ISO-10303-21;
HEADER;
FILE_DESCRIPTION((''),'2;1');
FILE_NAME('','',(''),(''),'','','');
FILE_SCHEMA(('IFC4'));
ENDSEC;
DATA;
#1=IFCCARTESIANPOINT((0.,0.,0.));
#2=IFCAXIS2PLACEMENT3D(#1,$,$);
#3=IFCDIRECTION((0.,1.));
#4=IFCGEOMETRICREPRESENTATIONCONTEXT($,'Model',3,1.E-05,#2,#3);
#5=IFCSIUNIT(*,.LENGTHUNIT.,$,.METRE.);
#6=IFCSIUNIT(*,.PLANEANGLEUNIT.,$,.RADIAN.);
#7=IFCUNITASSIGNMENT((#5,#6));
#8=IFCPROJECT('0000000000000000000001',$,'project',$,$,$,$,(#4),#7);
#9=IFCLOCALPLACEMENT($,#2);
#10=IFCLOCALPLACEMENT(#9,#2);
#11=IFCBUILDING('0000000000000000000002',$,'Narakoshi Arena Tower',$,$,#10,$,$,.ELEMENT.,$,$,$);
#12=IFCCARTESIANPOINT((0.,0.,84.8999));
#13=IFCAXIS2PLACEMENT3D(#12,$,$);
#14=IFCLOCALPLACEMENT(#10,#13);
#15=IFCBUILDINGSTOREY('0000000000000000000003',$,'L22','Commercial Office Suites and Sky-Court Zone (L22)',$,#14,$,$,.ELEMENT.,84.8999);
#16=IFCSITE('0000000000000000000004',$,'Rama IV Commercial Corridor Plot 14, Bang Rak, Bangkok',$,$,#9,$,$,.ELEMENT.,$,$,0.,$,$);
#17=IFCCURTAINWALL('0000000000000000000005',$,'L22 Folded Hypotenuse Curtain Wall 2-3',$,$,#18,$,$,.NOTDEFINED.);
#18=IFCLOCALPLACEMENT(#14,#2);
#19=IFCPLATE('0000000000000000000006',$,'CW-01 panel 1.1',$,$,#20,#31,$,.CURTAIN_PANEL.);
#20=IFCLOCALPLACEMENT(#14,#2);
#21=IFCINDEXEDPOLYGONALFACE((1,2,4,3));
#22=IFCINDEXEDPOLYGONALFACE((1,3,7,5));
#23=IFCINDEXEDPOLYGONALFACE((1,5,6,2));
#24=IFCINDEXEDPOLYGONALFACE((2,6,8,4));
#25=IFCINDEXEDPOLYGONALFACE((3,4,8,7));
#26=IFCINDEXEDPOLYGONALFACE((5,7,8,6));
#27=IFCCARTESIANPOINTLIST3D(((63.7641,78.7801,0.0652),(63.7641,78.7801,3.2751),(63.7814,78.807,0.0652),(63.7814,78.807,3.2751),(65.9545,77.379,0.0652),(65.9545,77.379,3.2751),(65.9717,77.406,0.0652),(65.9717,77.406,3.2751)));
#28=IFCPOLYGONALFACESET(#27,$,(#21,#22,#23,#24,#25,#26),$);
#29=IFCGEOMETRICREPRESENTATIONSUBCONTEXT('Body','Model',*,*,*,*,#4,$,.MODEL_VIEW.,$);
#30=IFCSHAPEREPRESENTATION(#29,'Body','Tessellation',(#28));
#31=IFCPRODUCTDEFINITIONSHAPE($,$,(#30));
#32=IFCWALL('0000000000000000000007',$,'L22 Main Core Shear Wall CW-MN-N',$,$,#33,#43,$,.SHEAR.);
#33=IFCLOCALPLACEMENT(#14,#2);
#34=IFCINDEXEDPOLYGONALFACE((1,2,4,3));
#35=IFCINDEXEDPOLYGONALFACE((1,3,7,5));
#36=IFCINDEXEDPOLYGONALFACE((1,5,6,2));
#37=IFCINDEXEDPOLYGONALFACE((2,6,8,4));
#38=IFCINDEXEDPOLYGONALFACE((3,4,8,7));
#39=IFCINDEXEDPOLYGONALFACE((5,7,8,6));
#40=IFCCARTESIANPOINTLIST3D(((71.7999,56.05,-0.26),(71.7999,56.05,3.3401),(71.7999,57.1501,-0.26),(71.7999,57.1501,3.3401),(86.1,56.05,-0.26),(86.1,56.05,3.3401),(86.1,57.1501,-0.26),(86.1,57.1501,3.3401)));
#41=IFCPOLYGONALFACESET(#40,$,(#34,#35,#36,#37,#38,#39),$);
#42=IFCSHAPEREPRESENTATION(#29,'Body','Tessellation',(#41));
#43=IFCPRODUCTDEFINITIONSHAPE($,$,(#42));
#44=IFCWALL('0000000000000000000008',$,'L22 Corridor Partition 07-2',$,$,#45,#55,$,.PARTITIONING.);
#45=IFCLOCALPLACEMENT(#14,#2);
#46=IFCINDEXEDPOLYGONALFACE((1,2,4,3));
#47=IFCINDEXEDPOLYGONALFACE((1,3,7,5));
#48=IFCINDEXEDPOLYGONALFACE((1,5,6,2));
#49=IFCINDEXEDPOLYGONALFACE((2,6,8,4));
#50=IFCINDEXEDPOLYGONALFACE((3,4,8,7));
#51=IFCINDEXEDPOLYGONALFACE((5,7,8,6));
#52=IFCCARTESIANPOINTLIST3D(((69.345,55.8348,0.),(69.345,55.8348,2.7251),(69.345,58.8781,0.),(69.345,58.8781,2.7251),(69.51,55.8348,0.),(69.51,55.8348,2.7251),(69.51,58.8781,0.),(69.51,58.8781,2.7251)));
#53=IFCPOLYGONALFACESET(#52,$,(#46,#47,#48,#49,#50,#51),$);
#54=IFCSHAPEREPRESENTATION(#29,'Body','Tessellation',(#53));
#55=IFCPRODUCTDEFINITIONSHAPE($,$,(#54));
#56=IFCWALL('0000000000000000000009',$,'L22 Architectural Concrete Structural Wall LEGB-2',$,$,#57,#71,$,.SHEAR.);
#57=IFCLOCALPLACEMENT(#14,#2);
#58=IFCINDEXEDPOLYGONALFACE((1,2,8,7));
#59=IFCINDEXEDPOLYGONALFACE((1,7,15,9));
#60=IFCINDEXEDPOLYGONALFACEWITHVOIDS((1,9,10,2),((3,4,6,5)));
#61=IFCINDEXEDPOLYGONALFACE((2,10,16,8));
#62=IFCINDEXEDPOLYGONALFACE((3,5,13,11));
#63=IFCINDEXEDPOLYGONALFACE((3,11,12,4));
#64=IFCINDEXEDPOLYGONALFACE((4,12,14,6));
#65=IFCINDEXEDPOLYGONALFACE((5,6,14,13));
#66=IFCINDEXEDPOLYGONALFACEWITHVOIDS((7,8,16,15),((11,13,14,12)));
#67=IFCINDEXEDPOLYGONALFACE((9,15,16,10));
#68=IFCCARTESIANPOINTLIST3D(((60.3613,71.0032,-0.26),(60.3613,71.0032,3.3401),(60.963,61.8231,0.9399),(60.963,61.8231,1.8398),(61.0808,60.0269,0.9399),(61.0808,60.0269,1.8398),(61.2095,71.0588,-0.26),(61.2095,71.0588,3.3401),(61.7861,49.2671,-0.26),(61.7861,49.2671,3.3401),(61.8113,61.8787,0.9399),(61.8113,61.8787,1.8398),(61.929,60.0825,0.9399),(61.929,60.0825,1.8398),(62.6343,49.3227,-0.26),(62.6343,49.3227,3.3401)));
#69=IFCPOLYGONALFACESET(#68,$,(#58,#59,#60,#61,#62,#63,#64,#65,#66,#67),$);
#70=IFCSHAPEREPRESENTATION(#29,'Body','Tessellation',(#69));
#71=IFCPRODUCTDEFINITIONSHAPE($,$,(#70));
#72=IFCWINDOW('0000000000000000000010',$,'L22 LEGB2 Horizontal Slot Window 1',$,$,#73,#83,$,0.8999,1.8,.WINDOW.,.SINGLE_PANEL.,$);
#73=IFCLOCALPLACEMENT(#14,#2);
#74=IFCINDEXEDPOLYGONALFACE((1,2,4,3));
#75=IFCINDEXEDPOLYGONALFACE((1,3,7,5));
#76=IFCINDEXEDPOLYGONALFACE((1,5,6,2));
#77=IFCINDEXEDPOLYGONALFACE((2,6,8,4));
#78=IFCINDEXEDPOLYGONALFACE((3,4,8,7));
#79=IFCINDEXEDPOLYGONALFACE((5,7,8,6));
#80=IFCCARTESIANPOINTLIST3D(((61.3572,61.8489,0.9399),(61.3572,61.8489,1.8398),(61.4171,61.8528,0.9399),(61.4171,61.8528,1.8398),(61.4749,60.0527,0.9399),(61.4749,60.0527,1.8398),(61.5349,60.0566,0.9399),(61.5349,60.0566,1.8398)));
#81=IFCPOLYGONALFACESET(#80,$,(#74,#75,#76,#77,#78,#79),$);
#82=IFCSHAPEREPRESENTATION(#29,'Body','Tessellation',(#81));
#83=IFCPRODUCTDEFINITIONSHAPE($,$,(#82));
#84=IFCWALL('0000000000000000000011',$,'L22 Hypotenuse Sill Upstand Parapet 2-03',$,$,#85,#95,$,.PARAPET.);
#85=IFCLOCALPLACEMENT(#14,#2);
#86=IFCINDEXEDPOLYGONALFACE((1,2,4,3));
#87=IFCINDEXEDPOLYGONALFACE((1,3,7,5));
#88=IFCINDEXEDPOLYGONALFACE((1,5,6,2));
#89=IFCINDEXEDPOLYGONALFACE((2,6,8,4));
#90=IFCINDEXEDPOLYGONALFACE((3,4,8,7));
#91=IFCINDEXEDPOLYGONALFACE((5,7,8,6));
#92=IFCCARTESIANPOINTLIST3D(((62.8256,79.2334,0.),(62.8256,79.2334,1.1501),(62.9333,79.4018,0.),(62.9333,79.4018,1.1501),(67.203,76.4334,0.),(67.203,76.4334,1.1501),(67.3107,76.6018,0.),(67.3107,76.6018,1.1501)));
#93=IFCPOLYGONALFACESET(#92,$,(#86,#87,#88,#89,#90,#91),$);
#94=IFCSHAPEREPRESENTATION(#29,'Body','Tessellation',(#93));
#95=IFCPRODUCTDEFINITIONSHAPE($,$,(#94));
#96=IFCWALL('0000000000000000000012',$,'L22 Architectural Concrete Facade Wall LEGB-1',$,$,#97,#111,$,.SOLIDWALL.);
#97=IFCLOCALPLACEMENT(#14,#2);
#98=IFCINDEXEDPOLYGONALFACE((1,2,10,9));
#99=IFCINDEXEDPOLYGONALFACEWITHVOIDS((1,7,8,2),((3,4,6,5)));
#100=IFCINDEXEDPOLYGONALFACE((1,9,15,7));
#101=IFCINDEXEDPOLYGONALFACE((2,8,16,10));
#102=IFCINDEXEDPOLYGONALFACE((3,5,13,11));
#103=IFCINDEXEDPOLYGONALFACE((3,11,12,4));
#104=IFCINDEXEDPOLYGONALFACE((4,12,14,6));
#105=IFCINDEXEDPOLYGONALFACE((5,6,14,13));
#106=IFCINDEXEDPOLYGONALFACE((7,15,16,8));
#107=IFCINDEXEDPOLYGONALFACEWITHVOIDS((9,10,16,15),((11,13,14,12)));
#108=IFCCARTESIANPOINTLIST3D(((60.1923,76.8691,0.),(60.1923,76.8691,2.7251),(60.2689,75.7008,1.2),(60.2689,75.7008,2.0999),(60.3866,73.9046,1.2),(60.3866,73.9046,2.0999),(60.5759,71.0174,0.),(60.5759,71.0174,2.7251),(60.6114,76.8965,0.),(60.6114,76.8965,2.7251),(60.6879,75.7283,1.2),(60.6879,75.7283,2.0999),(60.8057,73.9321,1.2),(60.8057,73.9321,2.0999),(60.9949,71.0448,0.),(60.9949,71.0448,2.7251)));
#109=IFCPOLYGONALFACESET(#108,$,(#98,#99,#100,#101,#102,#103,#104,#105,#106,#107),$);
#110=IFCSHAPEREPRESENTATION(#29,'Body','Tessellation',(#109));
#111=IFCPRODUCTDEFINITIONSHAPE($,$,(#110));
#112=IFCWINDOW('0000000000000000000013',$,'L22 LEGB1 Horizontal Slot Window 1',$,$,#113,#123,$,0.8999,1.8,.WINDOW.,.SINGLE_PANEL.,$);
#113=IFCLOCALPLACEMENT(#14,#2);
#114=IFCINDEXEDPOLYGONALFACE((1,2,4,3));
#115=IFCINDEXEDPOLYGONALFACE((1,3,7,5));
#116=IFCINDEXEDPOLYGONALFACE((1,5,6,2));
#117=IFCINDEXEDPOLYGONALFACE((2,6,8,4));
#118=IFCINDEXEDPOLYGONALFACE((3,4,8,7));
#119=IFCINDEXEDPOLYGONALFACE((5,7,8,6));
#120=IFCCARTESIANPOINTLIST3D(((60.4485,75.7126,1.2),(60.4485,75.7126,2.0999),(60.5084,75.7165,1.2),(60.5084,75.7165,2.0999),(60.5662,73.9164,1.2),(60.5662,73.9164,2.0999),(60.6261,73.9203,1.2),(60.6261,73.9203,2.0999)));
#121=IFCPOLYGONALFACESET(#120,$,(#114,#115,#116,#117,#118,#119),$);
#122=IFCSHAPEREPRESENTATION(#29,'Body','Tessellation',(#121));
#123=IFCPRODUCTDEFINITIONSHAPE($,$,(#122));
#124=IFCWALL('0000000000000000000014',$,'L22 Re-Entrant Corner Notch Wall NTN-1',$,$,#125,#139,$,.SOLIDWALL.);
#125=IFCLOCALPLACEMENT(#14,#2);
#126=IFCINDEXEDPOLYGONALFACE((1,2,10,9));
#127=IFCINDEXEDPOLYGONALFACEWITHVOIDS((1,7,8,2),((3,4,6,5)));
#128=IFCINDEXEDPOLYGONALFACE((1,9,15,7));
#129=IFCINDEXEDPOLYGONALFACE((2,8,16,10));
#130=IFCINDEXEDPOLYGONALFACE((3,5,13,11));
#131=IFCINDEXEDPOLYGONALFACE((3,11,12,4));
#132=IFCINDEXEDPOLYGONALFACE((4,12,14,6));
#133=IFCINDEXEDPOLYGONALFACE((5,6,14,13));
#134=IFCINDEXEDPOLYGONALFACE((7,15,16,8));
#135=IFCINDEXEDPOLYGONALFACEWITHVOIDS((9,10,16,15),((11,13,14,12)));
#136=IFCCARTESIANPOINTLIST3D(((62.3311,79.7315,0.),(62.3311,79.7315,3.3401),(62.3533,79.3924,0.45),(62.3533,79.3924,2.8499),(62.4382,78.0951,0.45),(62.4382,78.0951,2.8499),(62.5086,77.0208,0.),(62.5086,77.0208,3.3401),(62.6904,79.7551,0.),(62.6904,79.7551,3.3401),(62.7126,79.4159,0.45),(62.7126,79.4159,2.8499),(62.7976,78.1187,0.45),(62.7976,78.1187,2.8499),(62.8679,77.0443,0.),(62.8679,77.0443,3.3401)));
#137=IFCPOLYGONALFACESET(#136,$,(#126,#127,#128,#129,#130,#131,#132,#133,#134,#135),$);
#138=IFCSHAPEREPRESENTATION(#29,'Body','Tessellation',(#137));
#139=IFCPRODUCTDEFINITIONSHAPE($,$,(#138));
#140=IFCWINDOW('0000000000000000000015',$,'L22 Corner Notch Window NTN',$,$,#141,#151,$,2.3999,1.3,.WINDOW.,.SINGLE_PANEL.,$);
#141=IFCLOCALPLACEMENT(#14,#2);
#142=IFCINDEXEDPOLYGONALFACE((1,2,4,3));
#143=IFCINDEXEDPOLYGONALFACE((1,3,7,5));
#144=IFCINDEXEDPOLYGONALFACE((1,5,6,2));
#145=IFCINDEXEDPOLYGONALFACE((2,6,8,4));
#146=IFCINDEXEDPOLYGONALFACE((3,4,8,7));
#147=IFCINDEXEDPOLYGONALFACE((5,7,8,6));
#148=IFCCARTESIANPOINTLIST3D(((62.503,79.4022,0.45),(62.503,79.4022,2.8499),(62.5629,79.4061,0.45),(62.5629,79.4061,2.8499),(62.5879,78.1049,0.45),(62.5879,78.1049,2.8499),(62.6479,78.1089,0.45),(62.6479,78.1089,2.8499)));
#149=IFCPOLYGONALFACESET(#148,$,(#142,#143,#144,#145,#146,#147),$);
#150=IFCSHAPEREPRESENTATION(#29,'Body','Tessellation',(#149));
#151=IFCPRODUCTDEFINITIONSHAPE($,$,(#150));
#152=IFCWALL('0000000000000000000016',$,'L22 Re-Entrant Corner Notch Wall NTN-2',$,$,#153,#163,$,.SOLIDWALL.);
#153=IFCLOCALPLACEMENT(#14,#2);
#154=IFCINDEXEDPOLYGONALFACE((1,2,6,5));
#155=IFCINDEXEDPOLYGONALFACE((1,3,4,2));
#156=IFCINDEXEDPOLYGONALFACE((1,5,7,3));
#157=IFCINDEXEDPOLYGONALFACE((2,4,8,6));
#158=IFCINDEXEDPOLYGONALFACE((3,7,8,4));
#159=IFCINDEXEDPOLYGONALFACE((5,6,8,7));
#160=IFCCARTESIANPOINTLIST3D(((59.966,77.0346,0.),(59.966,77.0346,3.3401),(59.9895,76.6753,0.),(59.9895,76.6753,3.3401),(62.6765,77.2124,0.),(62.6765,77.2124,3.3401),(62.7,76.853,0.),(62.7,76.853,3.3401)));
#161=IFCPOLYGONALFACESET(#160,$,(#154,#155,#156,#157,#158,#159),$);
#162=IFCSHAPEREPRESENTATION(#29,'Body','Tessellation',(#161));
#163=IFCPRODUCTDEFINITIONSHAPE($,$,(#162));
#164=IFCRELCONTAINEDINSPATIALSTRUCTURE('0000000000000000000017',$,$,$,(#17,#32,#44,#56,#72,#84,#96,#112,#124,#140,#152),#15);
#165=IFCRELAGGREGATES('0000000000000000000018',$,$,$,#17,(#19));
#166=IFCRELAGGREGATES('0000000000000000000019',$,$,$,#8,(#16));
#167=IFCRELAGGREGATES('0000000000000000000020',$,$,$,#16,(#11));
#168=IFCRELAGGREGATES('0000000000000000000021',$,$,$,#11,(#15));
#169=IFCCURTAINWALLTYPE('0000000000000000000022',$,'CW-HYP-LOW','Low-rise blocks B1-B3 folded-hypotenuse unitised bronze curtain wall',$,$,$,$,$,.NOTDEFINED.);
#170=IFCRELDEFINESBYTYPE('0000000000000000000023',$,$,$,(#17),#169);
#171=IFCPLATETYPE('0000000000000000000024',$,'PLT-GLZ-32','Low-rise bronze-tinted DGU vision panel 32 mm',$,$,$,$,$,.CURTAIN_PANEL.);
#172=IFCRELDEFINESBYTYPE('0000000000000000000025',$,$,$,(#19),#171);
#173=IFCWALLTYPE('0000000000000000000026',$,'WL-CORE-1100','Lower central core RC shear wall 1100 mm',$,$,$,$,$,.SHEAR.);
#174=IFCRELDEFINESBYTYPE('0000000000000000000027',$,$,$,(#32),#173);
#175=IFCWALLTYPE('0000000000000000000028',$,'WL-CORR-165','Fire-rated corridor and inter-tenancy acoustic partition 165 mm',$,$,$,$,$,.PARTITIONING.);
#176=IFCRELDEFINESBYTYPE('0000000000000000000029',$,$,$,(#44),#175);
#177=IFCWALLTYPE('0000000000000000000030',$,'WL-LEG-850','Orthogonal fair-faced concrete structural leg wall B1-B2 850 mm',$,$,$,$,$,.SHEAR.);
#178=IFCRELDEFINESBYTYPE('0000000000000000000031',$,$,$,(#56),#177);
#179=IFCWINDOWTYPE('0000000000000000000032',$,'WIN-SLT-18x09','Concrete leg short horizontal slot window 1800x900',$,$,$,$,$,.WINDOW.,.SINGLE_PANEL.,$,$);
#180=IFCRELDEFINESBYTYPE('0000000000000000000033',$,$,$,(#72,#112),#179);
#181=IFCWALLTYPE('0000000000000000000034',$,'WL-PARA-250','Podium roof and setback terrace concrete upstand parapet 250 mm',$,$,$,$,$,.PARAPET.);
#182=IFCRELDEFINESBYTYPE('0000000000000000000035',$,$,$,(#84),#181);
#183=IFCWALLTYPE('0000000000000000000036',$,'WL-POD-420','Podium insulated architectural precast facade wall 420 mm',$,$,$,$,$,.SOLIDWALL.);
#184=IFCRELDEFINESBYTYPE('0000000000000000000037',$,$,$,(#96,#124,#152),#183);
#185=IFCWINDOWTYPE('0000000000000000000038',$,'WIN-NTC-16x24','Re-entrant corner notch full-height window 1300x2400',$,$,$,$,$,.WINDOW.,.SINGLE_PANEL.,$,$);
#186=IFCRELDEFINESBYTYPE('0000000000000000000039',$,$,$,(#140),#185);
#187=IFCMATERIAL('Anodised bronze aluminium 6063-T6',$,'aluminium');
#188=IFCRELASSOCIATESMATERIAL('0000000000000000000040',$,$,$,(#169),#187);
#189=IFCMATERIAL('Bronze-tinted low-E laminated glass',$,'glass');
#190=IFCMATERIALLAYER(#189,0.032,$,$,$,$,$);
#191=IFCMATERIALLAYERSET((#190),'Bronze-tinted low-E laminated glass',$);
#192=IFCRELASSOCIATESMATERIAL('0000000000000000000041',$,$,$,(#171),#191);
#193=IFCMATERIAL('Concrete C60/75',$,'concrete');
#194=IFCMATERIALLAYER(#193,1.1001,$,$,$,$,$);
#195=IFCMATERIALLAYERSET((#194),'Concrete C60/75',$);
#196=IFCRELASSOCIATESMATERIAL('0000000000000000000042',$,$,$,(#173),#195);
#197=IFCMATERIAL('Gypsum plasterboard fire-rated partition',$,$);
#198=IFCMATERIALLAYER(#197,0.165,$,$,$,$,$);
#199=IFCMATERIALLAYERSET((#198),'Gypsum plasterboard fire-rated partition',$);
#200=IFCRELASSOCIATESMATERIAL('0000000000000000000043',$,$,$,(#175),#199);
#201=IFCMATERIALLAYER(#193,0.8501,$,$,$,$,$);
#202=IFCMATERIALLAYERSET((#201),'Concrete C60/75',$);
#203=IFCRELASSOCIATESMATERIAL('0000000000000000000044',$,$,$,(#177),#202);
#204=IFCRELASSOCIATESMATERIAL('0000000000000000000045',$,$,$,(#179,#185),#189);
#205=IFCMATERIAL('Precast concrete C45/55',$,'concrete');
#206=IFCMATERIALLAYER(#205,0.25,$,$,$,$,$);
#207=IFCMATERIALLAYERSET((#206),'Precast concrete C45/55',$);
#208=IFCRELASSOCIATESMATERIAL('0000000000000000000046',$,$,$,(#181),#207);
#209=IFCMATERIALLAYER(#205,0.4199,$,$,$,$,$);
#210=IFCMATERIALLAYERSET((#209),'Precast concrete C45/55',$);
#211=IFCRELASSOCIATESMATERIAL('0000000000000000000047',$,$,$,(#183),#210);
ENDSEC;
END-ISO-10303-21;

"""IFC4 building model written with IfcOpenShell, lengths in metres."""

from ifc_helpers import new_model, si_unit, direction, frame, frame_2d, origin, origin_2d, place, context, subcontext, project, spatial, rectangle, extrude, material, layer, layer_set, type_object, element, fill, aggregate, save


model = new_model("IFC4")

# Units and contexts
model_context = context("Model", 3, precision=1e-05, world=origin(), true_north=direction((0.0, 1.0)))
body_context = subcontext(model_context, "Body", "Model", "MODEL_VIEW")
ifc_project = project(units=[si_unit("LENGTHUNIT", "METRE"), si_unit("PLANEANGLEUNIT", "RADIAN")], contexts=[model_context])

# Site, building, storey
site_placement = place(None, origin())
site = spatial("IfcSite", under=ifc_project, at=site_placement, Name="Rama IV Commercial Corridor Plot 14, Bang Rak, Bangkok", CompositionType="ELEMENT", RefElevation=0.0)
building_placement = place(site_placement, origin())
building = spatial("IfcBuilding", under=site, at=building_placement, Name="Narakoshi Arena Tower", CompositionType="ELEMENT")
storey_placement = place(building_placement, frame((0.0, 0.0, 84.8999)))
storey = spatial("IfcBuildingStorey", under=building, at=storey_placement, Name="L22", Description="Commercial Office Suites and Sky-Court Zone (L22)", CompositionType="ELEMENT", Elevation=84.8999)

# Shared definitions
ifc_material_1 = material(Name="Concrete C60/75", Category="concrete")

# Curtain wall
ifc_material_2 = material(Name="Anodised bronze aluminium 6063-T6", Category="aluminium")
curtain_wall_type = type_object("IfcCurtainWallType", Name="CW-HYP-LOW", Description="Low-rise blocks B1-B3 folded-hypotenuse unitised bronze curtain wall", PredefinedType="NOTDEFINED", material=ifc_material_2)
curtain_wall_1_placement = place(storey_placement, origin())
curtain_wall_1 = element("IfcCurtainWall", 1, at=curtain_wall_1_placement, inside=storey, type_object=curtain_wall_type, Name="L22 Folded Hypotenuse Curtain Wall 2-3", PredefinedType="NOTDEFINED")

# Plate
ifc_material_3 = material(Name="Bronze-tinted low-E laminated glass", Category="glass")
ifc_layer_1 = layer(ifc_material_3, 0.032)
ifc_layer_set_1 = layer_set([ifc_layer_1], Name="Bronze-tinted low-E laminated glass")
plate_type = type_object("IfcPlateType", Name="PLT-GLZ-32", Description="Low-rise bronze-tinted DGU vision panel 32 mm", PredefinedType="CURTAIN_PANEL", material=ifc_layer_set_1)
plate_1_placement = place(storey_placement, frame((64.8679, 78.093, 0.0652), z_axis=(0.0, 0.0, 1.0), x_axis=(-0.842407, 0.538841, 0.0)))
plate_1 = element("IfcPlate", 2, at=plate_1_placement, type_object=plate_type, Name="CW-01 panel 1.1", PredefinedType="CURTAIN_PANEL", context=body_context, shape_type="SweptSolid", body=[
    extrude(rectangle(XDim=2.6001, YDim=0.032, at=origin_2d()), origin(), (0.0, 0.0, 1.0), 3.21),
])
aggregate(curtain_wall_1, [plate_1])

# Walls
ifc_layer_2 = layer(ifc_material_1, 1.1001)
ifc_layer_set_2 = layer_set([ifc_layer_2], Name="Concrete C60/75")
wall_type_1 = type_object("IfcWallType", Name="WL-CORE-1100", Description="Lower central core RC shear wall 1100 mm", PredefinedType="SHEAR", material=ifc_layer_set_2)
wall_1_placement = place(storey_placement, frame((71.8, 56.6001, -0.26), z_axis=(0.0, 0.0, 1.0), x_axis=(1.0, 0.0, 0.0)))
element("IfcWall", 3, at=wall_1_placement, inside=storey, type_object=wall_type_1, Name="L22 Main Core Shear Wall CW-MN-N", PredefinedType="SHEAR", context=body_context, shape_type="SweptSolid", body=[
    extrude(rectangle(XDim=14.3, YDim=1.1001, at=frame_2d((7.1499, 0.0))), origin(), (0.0, 0.0, 1.0), 3.6001),
])
ifc_material_4 = material(Name="Gypsum plasterboard fire-rated partition")
ifc_layer_3 = layer(ifc_material_4, 0.165)
ifc_layer_set_3 = layer_set([ifc_layer_3], Name="Gypsum plasterboard fire-rated partition")
wall_type_2 = type_object("IfcWallType", Name="WL-CORR-165", Description="Fire-rated corridor and inter-tenancy acoustic partition 165 mm", PredefinedType="PARTITIONING", material=ifc_layer_set_3)
wall_2_placement = place(storey_placement, frame((69.4275, 58.8779, 0.0), z_axis=(0.0, 0.0, 1.0), x_axis=(0.0, -1.0, 0.0)))
element("IfcWall", 4, at=wall_2_placement, inside=storey, type_object=wall_type_2, Name="L22 Corridor Partition 07-2", PredefinedType="PARTITIONING", context=body_context, shape_type="SweptSolid", body=[
    extrude(rectangle(XDim=3.0432, YDim=0.165, at=frame_2d((1.5215, 0.0))), origin(), (0.0, 0.0, 1.0), 2.7251),
])

# Wall, opening, window
ifc_layer_4 = layer(ifc_material_1, 0.8501)
ifc_layer_set_4 = layer_set([ifc_layer_4], Name="Concrete C60/75")
wall_type_3 = type_object("IfcWallType", Name="WL-LEG-850", Description="Orthogonal fair-faced concrete structural leg wall B1-B2 850 mm", PredefinedType="SHEAR", material=ifc_layer_set_4)
wall_3_placement = place(storey_placement, frame((60.7854, 71.031, -0.26), z_axis=(0.0, 0.0, 1.0), x_axis=(0.06541, -0.997858, 0.0)))
wall_3 = element("IfcWall", 5, at=wall_3_placement, inside=storey, type_object=wall_type_3, Name="L22 Architectural Concrete Structural Wall LEGB-2", PredefinedType="SHEAR", context=body_context, shape_type="SweptSolid", body=[
    extrude(rectangle(XDim=21.7827, YDim=0.8501, at=frame_2d((10.8914, 0.0))), origin(), (0.0, 0.0, 1.0), 3.6001),
])
opening_1_placement = place(wall_3_placement, frame((9.2, 0.0, 1.2)))
opening_1 = element("IfcOpeningElement", 6, at=opening_1_placement, cuts=wall_3, PredefinedType="OPENING", context=body_context, shape_type="SweptSolid", body=[
    extrude(rectangle(XDim=1.8, YDim=0.8999, at=frame_2d((0.8999, 0.45))), frame((0.0, 0.4351, 0.0), z_axis=(0.0, -1.0, 0.0), x_axis=(1.0, 0.0, 0.0)), (0.0, 0.0, 1.0), 0.8701),
])
window_type_1 = type_object("IfcWindowType", Name="WIN-SLT-18x09", Description="Concrete leg short horizontal slot window 1800x900", PartitioningType="SINGLE_PANEL", PredefinedType="WINDOW", material=ifc_material_3)
window_1_placement = place(opening_1_placement, origin())
window_1 = element("IfcWindow", 7, at=window_1_placement, inside=storey, type_object=window_type_1, Name="L22 LEGB2 Horizontal Slot Window 1", OverallHeight=0.8999, OverallWidth=1.8, PartitioningType="SINGLE_PANEL", PredefinedType="WINDOW", context=body_context, shape_type="SweptSolid", body=[
    extrude(rectangle(XDim=1.8, YDim=0.8999, at=frame_2d((0.8999, 0.45))), frame((0.0, 0.03, 0.0), z_axis=(0.0, -1.0, 0.0), x_axis=(1.0, 0.0, 0.0)), (0.0, 0.0, 1.0), 0.0601),
])
fill(opening_1, window_1)

# Wall
ifc_material_5 = material(Name="Precast concrete C45/55", Category="concrete")
ifc_layer_5 = layer(ifc_material_5, 0.25)
ifc_layer_set_5 = layer_set([ifc_layer_5], Name="Precast concrete C45/55")
wall_type_4 = type_object("IfcWallType", Name="WL-PARA-250", Description="Podium roof and setback terrace concrete upstand parapet 250 mm", PredefinedType="PARAPET", material=ifc_layer_set_5)
wall_4_placement = place(storey_placement, frame((67.2568, 76.5176, 0.0), z_axis=(0.0, 0.0, 1.0), x_axis=(-0.842404, 0.538847, 0.0)))
element("IfcWall", 8, at=wall_4_placement, inside=storey, type_object=wall_type_4, Name="L22 Hypotenuse Sill Upstand Parapet 2-03", PredefinedType="PARAPET", context=body_context, shape_type="SweptSolid", body=[
    extrude(rectangle(XDim=5.1963, YDim=0.2, at=frame_2d((2.5981, 0.0))), origin(), (0.0, 0.0, 1.0), 1.1501),
])

# Walls, openings, windows
ifc_layer_6 = layer(ifc_material_5, 0.4199)
ifc_layer_set_6 = layer_set([ifc_layer_6], Name="Precast concrete C45/55")
wall_type_5 = type_object("IfcWallType", Name="WL-POD-420", Description="Podium insulated architectural precast facade wall 420 mm", PredefinedType="SOLIDWALL", material=ifc_layer_set_6)
wall_5_placement = place(storey_placement, frame((60.4019, 76.8828, 0.0), z_axis=(0.0, 0.0, 1.0), x_axis=(0.065403, -0.997859, 0.0)))
wall_5 = element("IfcWall", 9, at=wall_5_placement, inside=storey, type_object=wall_type_5, Name="L22 Architectural Concrete Facade Wall LEGB-1", PredefinedType="SOLIDWALL", context=body_context, shape_type="SweptSolid", body=[
    extrude(rectangle(XDim=5.8643, YDim=0.4199, at=frame_2d((2.9321, 0.0))), origin(), (0.0, 0.0, 1.0), 2.7251),
])
opening_2_placement = place(wall_5_placement, frame((1.1709, 0.0, 1.2)))
opening_2 = element("IfcOpeningElement", 10, at=opening_2_placement, cuts=wall_5, PredefinedType="OPENING", context=body_context, shape_type="SweptSolid", body=[
    extrude(rectangle(XDim=1.8, YDim=0.8999, at=frame_2d((0.8999, 0.45))), frame((0.0, 0.22, 0.0), z_axis=(0.0, -1.0, 0.0), x_axis=(1.0, 0.0, 0.0)), (0.0, 0.0, 1.0), 0.4399),
])
window_2_placement = place(opening_2_placement, origin())
window_2 = element("IfcWindow", 11, at=window_2_placement, inside=storey, type_object=window_type_1, Name="L22 LEGB1 Horizontal Slot Window 1", OverallHeight=0.8999, OverallWidth=1.8, PartitioningType="SINGLE_PANEL", PredefinedType="WINDOW", context=body_context, shape_type="SweptSolid", body=[
    extrude(rectangle(XDim=1.8, YDim=0.8999, at=frame_2d((0.8999, 0.45))), frame((0.0, 0.03, 0.0), z_axis=(0.0, -1.0, 0.0), x_axis=(1.0, 0.0, 0.0)), (0.0, 0.0, 1.0), 0.0601),
])
fill(opening_2, window_2)
wall_6_placement = place(storey_placement, frame((62.5107, 79.7434, 0.0), z_axis=(0.0, 0.0, 1.0), x_axis=(0.065338, -0.997863, 0.0)))
wall_6 = element("IfcWall", 12, at=wall_6_placement, inside=storey, type_object=wall_type_5, Name="L22 Re-Entrant Corner Notch Wall NTN-1", PredefinedType="SOLIDWALL", context=body_context, shape_type="SweptSolid", body=[
    extrude(rectangle(XDim=2.7166, YDim=0.3601, at=frame_2d((1.3584, 0.0))), origin(), (0.0, 0.0, 1.0), 3.3401),
])
opening_3_placement = place(wall_6_placement, frame((0.3401, 0.0, 0.45)))
opening_3 = element("IfcOpeningElement", 13, at=opening_3_placement, cuts=wall_6, PredefinedType="OPENING", context=body_context, shape_type="SweptSolid", body=[
    extrude(rectangle(XDim=1.3, YDim=2.3999, at=frame_2d((0.6499, 1.2))), frame((0.0, 0.1899, 0.0), z_axis=(0.0, -1.0, 0.0), x_axis=(1.0, 0.0, 0.0)), (0.0, 0.0, 1.0), 0.3801),
])
window_type_2 = type_object("IfcWindowType", Name="WIN-NTC-16x24", Description="Re-entrant corner notch full-height window 1300x2400", PartitioningType="SINGLE_PANEL", PredefinedType="WINDOW", material=ifc_material_3)
window_3_placement = place(opening_3_placement, origin())
window_3 = element("IfcWindow", 14, at=window_3_placement, inside=storey, type_object=window_type_2, Name="L22 Corner Notch Window NTN", OverallHeight=2.3999, OverallWidth=1.3, PartitioningType="SINGLE_PANEL", PredefinedType="WINDOW", context=body_context, shape_type="SweptSolid", body=[
    extrude(rectangle(XDim=1.3, YDim=2.3999, at=frame_2d((0.6499, 1.2))), frame((0.0, 0.03, 0.0), z_axis=(0.0, -1.0, 0.0), x_axis=(1.0, 0.0, 0.0)), (0.0, 0.0, 1.0), 0.0601),
])
fill(opening_3, window_3)

# Wall
wall_7_placement = place(storey_placement, frame((62.6882, 77.0327, 0.0), z_axis=(0.0, 0.0, 1.0), x_axis=(-0.997857, -0.065433, 0.0)))
element("IfcWall", 15, at=wall_7_placement, inside=storey, type_object=wall_type_5, Name="L22 Re-Entrant Corner Notch Wall NTN-2", PredefinedType="SOLIDWALL", context=body_context, shape_type="SweptSolid", body=[
    extrude(rectangle(XDim=2.7163, YDim=0.3601, at=frame_2d((1.3582, 0.0))), origin(), (0.0, 0.0, 1.0), 3.3401),
])

save(model, "model.ifc")
